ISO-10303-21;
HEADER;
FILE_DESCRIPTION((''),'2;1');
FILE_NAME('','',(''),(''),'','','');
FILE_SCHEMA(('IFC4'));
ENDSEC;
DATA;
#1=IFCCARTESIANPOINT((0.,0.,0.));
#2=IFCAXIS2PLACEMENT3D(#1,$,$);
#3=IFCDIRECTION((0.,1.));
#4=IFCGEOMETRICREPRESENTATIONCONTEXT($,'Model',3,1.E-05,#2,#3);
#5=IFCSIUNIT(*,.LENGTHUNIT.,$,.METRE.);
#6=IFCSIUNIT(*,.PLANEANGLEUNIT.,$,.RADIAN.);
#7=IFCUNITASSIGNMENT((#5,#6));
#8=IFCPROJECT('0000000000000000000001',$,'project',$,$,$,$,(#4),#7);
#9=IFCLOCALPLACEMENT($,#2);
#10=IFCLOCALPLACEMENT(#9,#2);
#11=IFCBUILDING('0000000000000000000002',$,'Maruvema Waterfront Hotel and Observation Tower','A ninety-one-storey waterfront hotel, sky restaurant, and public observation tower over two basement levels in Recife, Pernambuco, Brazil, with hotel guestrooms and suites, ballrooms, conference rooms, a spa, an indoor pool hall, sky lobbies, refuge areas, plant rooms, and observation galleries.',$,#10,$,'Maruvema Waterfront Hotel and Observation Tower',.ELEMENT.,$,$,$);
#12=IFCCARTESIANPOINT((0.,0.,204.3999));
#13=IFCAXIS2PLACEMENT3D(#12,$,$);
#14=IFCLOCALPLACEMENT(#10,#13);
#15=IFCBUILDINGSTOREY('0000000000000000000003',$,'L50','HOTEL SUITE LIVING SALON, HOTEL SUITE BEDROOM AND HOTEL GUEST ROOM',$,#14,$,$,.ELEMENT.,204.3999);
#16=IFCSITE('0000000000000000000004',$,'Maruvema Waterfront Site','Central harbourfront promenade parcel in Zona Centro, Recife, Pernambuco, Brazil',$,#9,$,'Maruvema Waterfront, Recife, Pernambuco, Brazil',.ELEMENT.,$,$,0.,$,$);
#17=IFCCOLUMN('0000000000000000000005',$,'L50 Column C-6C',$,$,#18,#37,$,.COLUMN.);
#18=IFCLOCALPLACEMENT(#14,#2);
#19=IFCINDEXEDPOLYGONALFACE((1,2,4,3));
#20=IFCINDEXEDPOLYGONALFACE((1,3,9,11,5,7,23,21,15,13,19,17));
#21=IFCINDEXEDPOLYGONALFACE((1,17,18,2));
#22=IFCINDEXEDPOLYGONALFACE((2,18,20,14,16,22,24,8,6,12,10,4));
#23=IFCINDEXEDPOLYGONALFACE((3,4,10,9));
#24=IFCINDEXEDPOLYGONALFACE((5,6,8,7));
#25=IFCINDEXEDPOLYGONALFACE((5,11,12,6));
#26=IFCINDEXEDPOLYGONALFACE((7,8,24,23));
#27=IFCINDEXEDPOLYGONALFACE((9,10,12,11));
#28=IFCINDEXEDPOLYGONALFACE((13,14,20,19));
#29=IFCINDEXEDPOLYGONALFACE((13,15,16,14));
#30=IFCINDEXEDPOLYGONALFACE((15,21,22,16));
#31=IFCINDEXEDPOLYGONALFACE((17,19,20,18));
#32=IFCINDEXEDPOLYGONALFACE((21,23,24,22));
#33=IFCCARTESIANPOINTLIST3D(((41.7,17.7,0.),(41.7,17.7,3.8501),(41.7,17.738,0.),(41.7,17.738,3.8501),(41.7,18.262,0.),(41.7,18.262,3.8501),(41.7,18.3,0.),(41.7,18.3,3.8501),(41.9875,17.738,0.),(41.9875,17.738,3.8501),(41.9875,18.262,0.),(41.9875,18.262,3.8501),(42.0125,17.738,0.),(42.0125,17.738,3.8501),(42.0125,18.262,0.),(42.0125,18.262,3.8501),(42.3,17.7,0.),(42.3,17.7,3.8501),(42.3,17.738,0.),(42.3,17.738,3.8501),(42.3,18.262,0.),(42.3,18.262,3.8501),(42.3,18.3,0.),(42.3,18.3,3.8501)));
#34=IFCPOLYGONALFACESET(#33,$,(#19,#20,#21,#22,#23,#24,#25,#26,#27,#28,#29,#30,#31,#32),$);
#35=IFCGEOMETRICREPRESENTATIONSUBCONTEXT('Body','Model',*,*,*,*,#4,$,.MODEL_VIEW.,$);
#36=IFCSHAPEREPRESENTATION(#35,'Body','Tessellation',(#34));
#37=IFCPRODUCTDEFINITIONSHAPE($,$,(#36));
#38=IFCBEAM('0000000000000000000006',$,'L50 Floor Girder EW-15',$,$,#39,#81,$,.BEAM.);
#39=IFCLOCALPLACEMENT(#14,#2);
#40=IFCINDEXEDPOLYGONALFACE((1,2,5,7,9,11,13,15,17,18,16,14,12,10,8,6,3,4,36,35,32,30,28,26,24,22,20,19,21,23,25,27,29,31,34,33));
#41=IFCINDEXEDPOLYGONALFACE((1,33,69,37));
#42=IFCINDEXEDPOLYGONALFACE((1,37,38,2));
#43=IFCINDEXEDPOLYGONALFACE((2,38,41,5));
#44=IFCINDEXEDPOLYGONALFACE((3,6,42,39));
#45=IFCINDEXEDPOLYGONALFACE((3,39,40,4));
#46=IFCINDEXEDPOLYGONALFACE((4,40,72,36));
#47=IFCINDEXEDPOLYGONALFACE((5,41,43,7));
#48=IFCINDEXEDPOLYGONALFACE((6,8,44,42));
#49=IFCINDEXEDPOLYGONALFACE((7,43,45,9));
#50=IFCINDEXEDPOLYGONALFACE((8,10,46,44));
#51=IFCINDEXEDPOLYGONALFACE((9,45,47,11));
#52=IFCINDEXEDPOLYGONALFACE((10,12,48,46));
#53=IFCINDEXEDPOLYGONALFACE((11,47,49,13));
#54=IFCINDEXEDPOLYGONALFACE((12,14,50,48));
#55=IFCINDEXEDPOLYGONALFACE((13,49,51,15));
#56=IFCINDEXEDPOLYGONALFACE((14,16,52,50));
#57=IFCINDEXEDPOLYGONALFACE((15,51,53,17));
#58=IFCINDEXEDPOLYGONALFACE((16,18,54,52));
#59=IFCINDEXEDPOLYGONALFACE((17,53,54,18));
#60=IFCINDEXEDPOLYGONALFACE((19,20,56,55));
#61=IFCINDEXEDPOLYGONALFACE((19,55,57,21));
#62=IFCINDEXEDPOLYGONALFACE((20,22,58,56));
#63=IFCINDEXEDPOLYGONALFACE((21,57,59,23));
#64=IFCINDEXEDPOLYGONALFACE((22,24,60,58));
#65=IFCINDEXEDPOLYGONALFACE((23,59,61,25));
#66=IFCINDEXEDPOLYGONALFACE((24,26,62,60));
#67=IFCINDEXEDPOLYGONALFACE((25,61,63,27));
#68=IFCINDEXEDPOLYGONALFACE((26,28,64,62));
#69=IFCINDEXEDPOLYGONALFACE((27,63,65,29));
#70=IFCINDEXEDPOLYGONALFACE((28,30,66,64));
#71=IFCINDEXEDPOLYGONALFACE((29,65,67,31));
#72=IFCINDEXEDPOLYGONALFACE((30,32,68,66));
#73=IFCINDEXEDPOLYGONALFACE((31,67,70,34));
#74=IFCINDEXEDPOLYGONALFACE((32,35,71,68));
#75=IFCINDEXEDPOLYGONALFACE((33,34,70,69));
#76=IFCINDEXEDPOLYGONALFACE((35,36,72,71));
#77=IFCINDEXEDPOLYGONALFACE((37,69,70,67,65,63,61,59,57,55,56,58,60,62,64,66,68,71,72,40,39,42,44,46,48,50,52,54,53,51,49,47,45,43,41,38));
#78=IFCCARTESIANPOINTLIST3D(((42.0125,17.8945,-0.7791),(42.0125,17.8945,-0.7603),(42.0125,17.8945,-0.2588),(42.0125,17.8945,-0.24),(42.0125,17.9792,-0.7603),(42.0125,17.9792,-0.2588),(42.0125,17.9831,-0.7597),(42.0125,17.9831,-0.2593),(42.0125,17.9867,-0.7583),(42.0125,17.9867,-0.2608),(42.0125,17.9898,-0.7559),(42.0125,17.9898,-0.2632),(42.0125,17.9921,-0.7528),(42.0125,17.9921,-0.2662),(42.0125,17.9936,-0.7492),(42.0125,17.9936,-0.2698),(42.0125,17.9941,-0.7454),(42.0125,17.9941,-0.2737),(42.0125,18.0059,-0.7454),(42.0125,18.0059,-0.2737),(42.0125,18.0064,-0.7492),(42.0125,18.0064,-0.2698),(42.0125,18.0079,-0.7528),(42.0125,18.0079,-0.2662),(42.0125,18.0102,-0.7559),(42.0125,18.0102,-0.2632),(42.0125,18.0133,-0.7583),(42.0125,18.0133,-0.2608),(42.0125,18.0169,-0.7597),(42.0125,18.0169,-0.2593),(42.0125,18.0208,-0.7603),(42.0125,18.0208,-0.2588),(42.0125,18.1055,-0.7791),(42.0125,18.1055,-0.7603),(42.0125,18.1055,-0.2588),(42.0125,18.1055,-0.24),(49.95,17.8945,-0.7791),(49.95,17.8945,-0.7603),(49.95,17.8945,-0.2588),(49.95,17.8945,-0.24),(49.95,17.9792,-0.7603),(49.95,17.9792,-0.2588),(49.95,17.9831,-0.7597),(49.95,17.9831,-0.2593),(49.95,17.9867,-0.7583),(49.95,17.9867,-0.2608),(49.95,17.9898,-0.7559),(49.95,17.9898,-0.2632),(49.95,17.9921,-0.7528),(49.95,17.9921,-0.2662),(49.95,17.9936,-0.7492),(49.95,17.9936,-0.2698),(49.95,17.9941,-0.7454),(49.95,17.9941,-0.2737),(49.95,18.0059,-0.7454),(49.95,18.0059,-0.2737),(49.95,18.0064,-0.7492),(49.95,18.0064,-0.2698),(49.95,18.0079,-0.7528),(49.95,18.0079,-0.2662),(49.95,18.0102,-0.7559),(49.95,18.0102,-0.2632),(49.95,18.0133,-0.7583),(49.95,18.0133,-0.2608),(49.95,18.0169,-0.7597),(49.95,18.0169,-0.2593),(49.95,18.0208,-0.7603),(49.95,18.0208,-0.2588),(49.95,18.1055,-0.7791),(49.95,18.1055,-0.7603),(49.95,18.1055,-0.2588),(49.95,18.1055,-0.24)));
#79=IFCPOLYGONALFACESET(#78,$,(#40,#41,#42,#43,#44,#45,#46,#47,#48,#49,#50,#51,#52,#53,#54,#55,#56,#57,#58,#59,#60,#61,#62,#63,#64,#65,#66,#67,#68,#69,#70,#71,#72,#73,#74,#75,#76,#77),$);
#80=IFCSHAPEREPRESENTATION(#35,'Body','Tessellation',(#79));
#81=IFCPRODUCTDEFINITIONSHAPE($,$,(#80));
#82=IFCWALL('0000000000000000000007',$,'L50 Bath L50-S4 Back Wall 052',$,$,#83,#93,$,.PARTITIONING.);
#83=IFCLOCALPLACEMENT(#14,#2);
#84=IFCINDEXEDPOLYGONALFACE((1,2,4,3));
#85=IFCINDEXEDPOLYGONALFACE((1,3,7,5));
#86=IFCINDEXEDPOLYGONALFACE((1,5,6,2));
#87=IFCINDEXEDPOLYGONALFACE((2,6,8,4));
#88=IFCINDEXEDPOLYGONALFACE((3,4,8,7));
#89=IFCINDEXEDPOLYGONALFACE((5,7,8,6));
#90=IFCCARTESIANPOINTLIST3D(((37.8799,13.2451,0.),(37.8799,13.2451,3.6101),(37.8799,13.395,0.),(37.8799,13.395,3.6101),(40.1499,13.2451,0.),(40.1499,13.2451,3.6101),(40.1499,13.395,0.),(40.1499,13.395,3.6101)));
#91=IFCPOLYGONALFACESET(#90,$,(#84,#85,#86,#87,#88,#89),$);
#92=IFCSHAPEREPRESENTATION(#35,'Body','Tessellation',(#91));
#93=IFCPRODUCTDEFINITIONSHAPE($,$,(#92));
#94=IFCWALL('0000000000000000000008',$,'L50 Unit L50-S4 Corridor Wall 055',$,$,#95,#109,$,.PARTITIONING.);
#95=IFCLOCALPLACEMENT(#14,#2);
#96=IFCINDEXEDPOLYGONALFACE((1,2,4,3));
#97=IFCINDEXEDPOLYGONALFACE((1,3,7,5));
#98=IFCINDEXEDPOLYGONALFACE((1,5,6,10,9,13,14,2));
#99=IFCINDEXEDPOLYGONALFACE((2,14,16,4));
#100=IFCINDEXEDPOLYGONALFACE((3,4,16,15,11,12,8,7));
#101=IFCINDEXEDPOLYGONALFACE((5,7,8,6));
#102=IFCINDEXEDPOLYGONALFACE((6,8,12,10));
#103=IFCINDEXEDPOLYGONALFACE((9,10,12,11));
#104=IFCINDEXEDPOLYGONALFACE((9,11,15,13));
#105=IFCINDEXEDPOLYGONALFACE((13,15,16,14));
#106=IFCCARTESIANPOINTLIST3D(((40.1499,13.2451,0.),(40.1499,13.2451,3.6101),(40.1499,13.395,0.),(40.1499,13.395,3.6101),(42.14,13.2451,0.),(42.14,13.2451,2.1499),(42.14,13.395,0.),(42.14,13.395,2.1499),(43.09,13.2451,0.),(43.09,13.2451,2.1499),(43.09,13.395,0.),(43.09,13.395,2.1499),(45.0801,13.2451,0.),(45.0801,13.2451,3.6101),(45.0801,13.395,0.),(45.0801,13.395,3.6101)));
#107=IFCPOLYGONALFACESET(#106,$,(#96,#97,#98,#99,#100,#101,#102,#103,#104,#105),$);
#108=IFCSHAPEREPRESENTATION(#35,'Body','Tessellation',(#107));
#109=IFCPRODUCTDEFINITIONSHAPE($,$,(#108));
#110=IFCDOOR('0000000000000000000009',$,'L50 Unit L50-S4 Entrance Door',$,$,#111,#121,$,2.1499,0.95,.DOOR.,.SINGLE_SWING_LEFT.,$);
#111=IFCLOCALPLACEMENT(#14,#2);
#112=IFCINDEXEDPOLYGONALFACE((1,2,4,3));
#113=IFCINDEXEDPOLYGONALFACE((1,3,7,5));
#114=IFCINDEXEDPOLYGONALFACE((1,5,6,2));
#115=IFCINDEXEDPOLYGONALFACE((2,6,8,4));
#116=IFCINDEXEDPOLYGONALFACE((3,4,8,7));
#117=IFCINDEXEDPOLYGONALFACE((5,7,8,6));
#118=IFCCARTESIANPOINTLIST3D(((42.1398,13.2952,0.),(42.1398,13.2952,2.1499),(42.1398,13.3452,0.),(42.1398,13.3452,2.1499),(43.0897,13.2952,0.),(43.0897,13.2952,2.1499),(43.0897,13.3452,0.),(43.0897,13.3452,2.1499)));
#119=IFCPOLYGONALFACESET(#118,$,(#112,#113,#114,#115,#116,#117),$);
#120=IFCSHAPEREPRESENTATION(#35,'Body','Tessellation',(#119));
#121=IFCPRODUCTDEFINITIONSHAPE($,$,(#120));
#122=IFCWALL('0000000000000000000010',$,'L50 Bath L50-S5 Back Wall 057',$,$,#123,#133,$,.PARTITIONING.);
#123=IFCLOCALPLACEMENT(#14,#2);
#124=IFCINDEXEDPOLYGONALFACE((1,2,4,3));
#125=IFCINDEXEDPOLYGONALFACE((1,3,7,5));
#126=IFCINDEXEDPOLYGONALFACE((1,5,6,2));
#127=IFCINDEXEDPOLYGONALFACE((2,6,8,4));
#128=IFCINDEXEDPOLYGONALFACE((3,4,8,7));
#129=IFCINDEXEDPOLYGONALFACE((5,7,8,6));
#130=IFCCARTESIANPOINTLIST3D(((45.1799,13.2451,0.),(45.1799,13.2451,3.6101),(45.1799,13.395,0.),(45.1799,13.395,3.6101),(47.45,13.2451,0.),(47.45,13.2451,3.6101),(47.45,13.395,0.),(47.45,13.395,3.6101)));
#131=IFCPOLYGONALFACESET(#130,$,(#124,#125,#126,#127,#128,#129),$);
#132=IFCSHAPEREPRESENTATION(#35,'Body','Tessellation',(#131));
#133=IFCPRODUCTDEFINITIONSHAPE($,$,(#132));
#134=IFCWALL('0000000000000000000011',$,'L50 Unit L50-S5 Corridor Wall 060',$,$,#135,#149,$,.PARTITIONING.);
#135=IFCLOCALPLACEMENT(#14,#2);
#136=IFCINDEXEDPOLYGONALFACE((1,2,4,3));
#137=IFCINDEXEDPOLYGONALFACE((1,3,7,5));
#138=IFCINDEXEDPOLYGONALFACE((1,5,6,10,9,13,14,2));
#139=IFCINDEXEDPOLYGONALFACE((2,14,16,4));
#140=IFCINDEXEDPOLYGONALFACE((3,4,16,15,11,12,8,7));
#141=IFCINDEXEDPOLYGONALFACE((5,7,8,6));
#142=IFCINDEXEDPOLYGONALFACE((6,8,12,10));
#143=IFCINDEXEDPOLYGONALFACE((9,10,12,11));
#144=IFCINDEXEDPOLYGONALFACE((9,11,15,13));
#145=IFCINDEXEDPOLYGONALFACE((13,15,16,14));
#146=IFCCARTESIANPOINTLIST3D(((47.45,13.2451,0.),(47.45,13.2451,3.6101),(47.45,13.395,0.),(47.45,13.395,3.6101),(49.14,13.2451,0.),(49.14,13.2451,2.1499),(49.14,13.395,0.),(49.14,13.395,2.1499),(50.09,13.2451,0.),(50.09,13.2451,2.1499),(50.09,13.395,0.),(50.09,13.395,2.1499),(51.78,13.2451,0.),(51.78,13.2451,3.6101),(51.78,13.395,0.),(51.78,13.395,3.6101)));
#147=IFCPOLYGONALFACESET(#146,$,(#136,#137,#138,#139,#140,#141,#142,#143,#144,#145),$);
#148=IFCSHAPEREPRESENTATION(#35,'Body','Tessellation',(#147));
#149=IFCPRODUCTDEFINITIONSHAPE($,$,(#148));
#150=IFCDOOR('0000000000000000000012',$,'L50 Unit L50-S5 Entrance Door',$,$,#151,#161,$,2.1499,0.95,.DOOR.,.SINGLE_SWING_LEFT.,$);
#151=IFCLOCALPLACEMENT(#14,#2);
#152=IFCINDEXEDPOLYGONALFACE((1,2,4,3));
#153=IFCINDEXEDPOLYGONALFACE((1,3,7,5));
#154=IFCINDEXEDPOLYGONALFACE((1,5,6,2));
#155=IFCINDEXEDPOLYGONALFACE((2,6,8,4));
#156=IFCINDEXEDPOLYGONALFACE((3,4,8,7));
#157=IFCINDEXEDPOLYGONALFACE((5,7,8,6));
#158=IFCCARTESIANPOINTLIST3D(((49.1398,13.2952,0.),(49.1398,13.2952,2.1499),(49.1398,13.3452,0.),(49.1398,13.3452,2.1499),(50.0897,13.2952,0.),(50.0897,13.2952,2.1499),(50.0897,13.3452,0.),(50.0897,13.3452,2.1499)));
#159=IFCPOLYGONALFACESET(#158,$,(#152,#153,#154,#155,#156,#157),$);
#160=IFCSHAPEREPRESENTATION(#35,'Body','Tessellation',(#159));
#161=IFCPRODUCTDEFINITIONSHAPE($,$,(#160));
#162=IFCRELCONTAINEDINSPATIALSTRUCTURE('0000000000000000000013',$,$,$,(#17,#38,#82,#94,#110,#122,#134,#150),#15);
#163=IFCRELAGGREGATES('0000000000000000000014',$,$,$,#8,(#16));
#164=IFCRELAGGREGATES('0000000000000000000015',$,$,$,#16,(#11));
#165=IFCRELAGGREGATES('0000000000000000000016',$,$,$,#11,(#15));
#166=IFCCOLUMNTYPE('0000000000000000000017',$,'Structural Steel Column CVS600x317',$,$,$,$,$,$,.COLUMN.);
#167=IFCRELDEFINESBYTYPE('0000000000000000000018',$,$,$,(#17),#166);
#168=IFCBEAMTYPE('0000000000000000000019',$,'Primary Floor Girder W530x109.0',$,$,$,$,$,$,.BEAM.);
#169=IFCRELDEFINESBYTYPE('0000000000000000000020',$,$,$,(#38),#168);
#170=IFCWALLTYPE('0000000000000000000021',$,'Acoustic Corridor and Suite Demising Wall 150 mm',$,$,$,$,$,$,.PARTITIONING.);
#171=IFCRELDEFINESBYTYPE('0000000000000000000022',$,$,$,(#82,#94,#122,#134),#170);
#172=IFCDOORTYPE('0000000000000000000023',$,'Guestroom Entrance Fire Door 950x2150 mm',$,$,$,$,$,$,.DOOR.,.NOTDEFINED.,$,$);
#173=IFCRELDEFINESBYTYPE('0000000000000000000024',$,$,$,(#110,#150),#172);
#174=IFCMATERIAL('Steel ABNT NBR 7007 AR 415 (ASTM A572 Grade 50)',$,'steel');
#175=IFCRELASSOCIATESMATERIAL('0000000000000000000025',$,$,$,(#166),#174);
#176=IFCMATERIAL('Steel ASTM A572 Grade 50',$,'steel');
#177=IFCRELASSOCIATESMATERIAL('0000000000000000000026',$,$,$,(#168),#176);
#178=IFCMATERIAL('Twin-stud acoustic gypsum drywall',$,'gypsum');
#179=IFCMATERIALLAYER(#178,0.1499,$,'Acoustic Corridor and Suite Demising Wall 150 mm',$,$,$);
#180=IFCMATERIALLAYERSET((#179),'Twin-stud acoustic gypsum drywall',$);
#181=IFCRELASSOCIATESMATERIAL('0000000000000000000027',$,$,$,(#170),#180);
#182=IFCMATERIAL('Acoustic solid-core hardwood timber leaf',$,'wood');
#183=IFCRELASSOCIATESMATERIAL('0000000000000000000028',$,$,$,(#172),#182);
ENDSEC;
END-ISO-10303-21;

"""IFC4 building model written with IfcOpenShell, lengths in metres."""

from ifc_helpers import new_model, si_unit, direction, frame, frame_2d, origin, origin_2d, place, context, subcontext, project, spatial, rectangle, i_section, extrude, material, layer, layer_set, material_profile, profile_set, type_object, element, fill, save


model = new_model("IFC4")

# Units and contexts
model_context = context("Model", 3, precision=1e-05, world=origin(), true_north=direction((0.0, 1.0)))
body_context = subcontext(model_context, "Body", "Model", "MODEL_VIEW")
ifc_project = project(units=[si_unit("LENGTHUNIT", "METRE"), si_unit("PLANEANGLEUNIT", "RADIAN")], contexts=[model_context])

# Site, building, storey
site_placement = place(None, origin())
site = spatial("IfcSite", under=ifc_project, at=site_placement, Name="Maruvema Waterfront Site", Description="Central harbourfront promenade parcel in Zona Centro, Recife, Pernambuco, Brazil", LongName="Maruvema Waterfront, Recife, Pernambuco, Brazil", CompositionType="ELEMENT", RefElevation=0.0)
building_placement = place(site_placement, origin())
building = spatial("IfcBuilding", under=site, at=building_placement, Name="Maruvema Waterfront Hotel and Observation Tower", Description="A ninety-one-storey waterfront hotel, sky restaurant, and public observation tower over two basement levels in Recife, Pernambuco, Brazil, with hotel guestrooms and suites, ballrooms, conference rooms, a spa, an indoor pool hall, sky lobbies, refuge areas, plant rooms, and observation galleries.", LongName="Maruvema Waterfront Hotel and Observation Tower", CompositionType="ELEMENT")
storey_placement = place(building_placement, frame((0.0, 0.0, 204.3999)))
storey = spatial("IfcBuildingStorey", under=building, at=storey_placement, Name="L50", Description="HOTEL SUITE LIVING SALON, HOTEL SUITE BEDROOM AND HOTEL GUEST ROOM", CompositionType="ELEMENT", Elevation=204.3999)

# Column
ifc_material_1 = material(Name="Steel ABNT NBR 7007 AR 415 (ASTM A572 Grade 50)", Category="steel")
ifc_material_profile_1 = material_profile(ifc_material_1, i_section(OverallWidth=0.6001, OverallDepth=0.6001, WebThickness=0.0249, FlangeThickness=0.0381, at=origin_2d()), Name="CVS600x317")
ifc_profile_set_1 = profile_set([ifc_material_profile_1], Name="Steel ABNT NBR 7007 AR 415 (ASTM A572 Grade 50)")
column_type = type_object("IfcColumnType", Name="Structural Steel Column CVS600x317", PredefinedType="COLUMN", material=ifc_profile_set_1)
column_placement = place(storey_placement, frame((42.0, 18.0, 0.0), z_axis=(0.0, 0.0, 1.0), x_axis=(1.0, 0.0, 0.0)))
element("IfcColumn", 1, at=column_placement, inside=storey, type_object=column_type, Name="L50 Column C-6C", PredefinedType="COLUMN", context=body_context, shape_type="SweptSolid", body=[
    extrude(i_section(OverallWidth=0.6001, OverallDepth=0.6001, WebThickness=0.0249, FlangeThickness=0.0381, at=origin_2d()), origin(), (0.0, 0.0, 1.0), 3.8501),
])

# Beam
ifc_material_2 = material(Name="Steel ASTM A572 Grade 50", Category="steel")
ifc_material_profile_2 = material_profile(ifc_material_2, i_section(OverallWidth=0.2109, OverallDepth=0.5391, WebThickness=0.0117, FlangeThickness=0.0188, FilletRadius=0.0149, at=origin_2d()), Name="W530x109.0")
ifc_profile_set_2 = profile_set([ifc_material_profile_2], Name="Steel ASTM A572 Grade 50")
beam_type = type_object("IfcBeamType", Name="Primary Floor Girder W530x109.0", PredefinedType="BEAM", material=ifc_profile_set_2)
beam_placement = place(storey_placement, frame((42.0125, 18.0, -0.5095), z_axis=(1.0, 0.0, 0.0), x_axis=(0.0, 1.0, 0.0)))
element("IfcBeam", 2, at=beam_placement, inside=storey, type_object=beam_type, Name="L50 Floor Girder EW-15", PredefinedType="BEAM", context=body_context, shape_type="SweptSolid", body=[
    extrude(i_section(OverallWidth=0.2109, OverallDepth=0.5391, WebThickness=0.0117, FlangeThickness=0.0188, FilletRadius=0.0149, at=origin_2d()), origin(), (0.0, 0.0, 1.0), 7.9375),
])

# Wall
ifc_material_3 = material(Name="Twin-stud acoustic gypsum drywall", Category="gypsum")
ifc_layer_1 = layer(ifc_material_3, 0.1499, Name="Acoustic Corridor and Suite Demising Wall 150 mm")
ifc_layer_set_1 = layer_set([ifc_layer_1], Name="Twin-stud acoustic gypsum drywall")
wall_type_1 = type_object("IfcWallType", Name="Acoustic Corridor and Suite Demising Wall 150 mm", PredefinedType="PARTITIONING", material=ifc_layer_set_1)
wall_1_placement = place(storey_placement, frame((37.8799, 13.3201, 0.0), z_axis=(0.0, 0.0, 1.0), x_axis=(1.0, 0.0, 0.0)))
element("IfcWall", 3, at=wall_1_placement, inside=storey, type_object=wall_type_1, Name="L50 Bath L50-S4 Back Wall 052", PredefinedType="PARTITIONING", context=body_context, shape_type="SweptSolid", body=[
    extrude(rectangle(XDim=2.27, YDim=0.1499, at=frame_2d((1.135, 0.0))), origin(), (0.0, 0.0, 1.0), 3.6101),
])

# Wall, opening, door
wall_2_placement = place(storey_placement, frame((40.1499, 13.3201, 0.0), z_axis=(0.0, 0.0, 1.0), x_axis=(1.0, 0.0, 0.0)))
wall_2 = element("IfcWall", 4, at=wall_2_placement, inside=storey, type_object=wall_type_1, Name="L50 Unit L50-S4 Corridor Wall 055", PredefinedType="PARTITIONING", context=body_context, shape_type="SweptSolid", body=[
    extrude(rectangle(XDim=4.9302, YDim=0.1499, at=frame_2d((2.4651, 0.0))), origin(), (0.0, 0.0, 1.0), 3.6101),
])
opening_1_placement = place(wall_2_placement, frame((1.99, 0.0, 0.0)))
opening_1 = element("IfcOpeningElement", 5, at=opening_1_placement, cuts=wall_2, PredefinedType="OPENING", context=body_context, shape_type="SweptSolid", body=[
    extrude(rectangle(XDim=0.95, YDim=2.1499, at=frame_2d((0.4751, 1.075))), frame((0.0, 0.085, 0.0), z_axis=(0.0, -1.0, 0.0), x_axis=(1.0, 0.0, 0.0)), (0.0, 0.0, 1.0), 0.1699),
])
ifc_material_4 = material(Name="Acoustic solid-core hardwood timber leaf", Category="wood")
door_type_1 = type_object("IfcDoorType", Name="Guestroom Entrance Fire Door 950x2150 mm", OperationType="NOTDEFINED", PredefinedType="DOOR", material=ifc_material_4)
door_1_placement = place(opening_1_placement, frame((0.95, 0.0, 0.0), z_axis=(0.0, 0.0, 1.0), x_axis=(-1.0, 0.0, 0.0)))
door_1 = element("IfcDoor", 6, at=door_1_placement, inside=storey, type_object=door_type_1, Name="L50 Unit L50-S4 Entrance Door", OperationType="SINGLE_SWING_LEFT", OverallHeight=2.1499, OverallWidth=0.95, PredefinedType="DOOR", context=body_context, shape_type="SweptSolid", body=[
    extrude(rectangle(XDim=0.95, YDim=2.1499, at=frame_2d((0.4751, 1.075))), frame((0.0, 0.0249, 0.0), z_axis=(0.0, -1.0, 0.0), x_axis=(1.0, 0.0, 0.0)), (0.0, 0.0, 1.0), 0.05),
])
fill(opening_1, door_1)

# Wall
wall_3_placement = place(storey_placement, frame((45.1799, 13.3201, 0.0), z_axis=(0.0, 0.0, 1.0), x_axis=(1.0, 0.0, 0.0)))
element("IfcWall", 7, at=wall_3_placement, inside=storey, type_object=wall_type_1, Name="L50 Bath L50-S5 Back Wall 057", PredefinedType="PARTITIONING", context=body_context, shape_type="SweptSolid", body=[
    extrude(rectangle(XDim=2.27, YDim=0.1499, at=frame_2d((1.135, 0.0))), origin(), (0.0, 0.0, 1.0), 3.6101),
])

# Wall, opening, door
wall_4_placement = place(storey_placement, frame((47.45, 13.3201, 0.0), z_axis=(0.0, 0.0, 1.0), x_axis=(1.0, 0.0, 0.0)))
wall_4 = element("IfcWall", 8, at=wall_4_placement, inside=storey, type_object=wall_type_1, Name="L50 Unit L50-S5 Corridor Wall 060", PredefinedType="PARTITIONING", context=body_context, shape_type="SweptSolid", body=[
    extrude(rectangle(XDim=4.3301, YDim=0.1499, at=frame_2d((2.165, 0.0))), origin(), (0.0, 0.0, 1.0), 3.6101),
])
opening_2_placement = place(wall_4_placement, frame((1.6899, 0.0, 0.0)))
opening_2 = element("IfcOpeningElement", 9, at=opening_2_placement, cuts=wall_4, PredefinedType="OPENING", context=body_context, shape_type="SweptSolid", body=[
    extrude(rectangle(XDim=0.95, YDim=2.1499, at=frame_2d((0.4751, 1.075))), frame((0.0, 0.085, 0.0), z_axis=(0.0, -1.0, 0.0), x_axis=(1.0, 0.0, 0.0)), (0.0, 0.0, 1.0), 0.1699),
])
door_2_placement = place(opening_2_placement, frame((0.95, 0.0, 0.0), z_axis=(0.0, 0.0, 1.0), x_axis=(-1.0, 0.0, 0.0)))
door_2 = element("IfcDoor", 10, at=door_2_placement, inside=storey, type_object=door_type_1, Name="L50 Unit L50-S5 Entrance Door", OperationType="SINGLE_SWING_LEFT", OverallHeight=2.1499, OverallWidth=0.95, PredefinedType="DOOR", context=body_context, shape_type="SweptSolid", body=[
    extrude(rectangle(XDim=0.95, YDim=2.1499, at=frame_2d((0.4751, 1.075))), frame((0.0, 0.0249, 0.0), z_axis=(0.0, -1.0, 0.0), x_axis=(1.0, 0.0, 0.0)), (0.0, 0.0, 1.0), 0.05),
])
fill(opening_2, door_2)

save(model, "model.ifc")
